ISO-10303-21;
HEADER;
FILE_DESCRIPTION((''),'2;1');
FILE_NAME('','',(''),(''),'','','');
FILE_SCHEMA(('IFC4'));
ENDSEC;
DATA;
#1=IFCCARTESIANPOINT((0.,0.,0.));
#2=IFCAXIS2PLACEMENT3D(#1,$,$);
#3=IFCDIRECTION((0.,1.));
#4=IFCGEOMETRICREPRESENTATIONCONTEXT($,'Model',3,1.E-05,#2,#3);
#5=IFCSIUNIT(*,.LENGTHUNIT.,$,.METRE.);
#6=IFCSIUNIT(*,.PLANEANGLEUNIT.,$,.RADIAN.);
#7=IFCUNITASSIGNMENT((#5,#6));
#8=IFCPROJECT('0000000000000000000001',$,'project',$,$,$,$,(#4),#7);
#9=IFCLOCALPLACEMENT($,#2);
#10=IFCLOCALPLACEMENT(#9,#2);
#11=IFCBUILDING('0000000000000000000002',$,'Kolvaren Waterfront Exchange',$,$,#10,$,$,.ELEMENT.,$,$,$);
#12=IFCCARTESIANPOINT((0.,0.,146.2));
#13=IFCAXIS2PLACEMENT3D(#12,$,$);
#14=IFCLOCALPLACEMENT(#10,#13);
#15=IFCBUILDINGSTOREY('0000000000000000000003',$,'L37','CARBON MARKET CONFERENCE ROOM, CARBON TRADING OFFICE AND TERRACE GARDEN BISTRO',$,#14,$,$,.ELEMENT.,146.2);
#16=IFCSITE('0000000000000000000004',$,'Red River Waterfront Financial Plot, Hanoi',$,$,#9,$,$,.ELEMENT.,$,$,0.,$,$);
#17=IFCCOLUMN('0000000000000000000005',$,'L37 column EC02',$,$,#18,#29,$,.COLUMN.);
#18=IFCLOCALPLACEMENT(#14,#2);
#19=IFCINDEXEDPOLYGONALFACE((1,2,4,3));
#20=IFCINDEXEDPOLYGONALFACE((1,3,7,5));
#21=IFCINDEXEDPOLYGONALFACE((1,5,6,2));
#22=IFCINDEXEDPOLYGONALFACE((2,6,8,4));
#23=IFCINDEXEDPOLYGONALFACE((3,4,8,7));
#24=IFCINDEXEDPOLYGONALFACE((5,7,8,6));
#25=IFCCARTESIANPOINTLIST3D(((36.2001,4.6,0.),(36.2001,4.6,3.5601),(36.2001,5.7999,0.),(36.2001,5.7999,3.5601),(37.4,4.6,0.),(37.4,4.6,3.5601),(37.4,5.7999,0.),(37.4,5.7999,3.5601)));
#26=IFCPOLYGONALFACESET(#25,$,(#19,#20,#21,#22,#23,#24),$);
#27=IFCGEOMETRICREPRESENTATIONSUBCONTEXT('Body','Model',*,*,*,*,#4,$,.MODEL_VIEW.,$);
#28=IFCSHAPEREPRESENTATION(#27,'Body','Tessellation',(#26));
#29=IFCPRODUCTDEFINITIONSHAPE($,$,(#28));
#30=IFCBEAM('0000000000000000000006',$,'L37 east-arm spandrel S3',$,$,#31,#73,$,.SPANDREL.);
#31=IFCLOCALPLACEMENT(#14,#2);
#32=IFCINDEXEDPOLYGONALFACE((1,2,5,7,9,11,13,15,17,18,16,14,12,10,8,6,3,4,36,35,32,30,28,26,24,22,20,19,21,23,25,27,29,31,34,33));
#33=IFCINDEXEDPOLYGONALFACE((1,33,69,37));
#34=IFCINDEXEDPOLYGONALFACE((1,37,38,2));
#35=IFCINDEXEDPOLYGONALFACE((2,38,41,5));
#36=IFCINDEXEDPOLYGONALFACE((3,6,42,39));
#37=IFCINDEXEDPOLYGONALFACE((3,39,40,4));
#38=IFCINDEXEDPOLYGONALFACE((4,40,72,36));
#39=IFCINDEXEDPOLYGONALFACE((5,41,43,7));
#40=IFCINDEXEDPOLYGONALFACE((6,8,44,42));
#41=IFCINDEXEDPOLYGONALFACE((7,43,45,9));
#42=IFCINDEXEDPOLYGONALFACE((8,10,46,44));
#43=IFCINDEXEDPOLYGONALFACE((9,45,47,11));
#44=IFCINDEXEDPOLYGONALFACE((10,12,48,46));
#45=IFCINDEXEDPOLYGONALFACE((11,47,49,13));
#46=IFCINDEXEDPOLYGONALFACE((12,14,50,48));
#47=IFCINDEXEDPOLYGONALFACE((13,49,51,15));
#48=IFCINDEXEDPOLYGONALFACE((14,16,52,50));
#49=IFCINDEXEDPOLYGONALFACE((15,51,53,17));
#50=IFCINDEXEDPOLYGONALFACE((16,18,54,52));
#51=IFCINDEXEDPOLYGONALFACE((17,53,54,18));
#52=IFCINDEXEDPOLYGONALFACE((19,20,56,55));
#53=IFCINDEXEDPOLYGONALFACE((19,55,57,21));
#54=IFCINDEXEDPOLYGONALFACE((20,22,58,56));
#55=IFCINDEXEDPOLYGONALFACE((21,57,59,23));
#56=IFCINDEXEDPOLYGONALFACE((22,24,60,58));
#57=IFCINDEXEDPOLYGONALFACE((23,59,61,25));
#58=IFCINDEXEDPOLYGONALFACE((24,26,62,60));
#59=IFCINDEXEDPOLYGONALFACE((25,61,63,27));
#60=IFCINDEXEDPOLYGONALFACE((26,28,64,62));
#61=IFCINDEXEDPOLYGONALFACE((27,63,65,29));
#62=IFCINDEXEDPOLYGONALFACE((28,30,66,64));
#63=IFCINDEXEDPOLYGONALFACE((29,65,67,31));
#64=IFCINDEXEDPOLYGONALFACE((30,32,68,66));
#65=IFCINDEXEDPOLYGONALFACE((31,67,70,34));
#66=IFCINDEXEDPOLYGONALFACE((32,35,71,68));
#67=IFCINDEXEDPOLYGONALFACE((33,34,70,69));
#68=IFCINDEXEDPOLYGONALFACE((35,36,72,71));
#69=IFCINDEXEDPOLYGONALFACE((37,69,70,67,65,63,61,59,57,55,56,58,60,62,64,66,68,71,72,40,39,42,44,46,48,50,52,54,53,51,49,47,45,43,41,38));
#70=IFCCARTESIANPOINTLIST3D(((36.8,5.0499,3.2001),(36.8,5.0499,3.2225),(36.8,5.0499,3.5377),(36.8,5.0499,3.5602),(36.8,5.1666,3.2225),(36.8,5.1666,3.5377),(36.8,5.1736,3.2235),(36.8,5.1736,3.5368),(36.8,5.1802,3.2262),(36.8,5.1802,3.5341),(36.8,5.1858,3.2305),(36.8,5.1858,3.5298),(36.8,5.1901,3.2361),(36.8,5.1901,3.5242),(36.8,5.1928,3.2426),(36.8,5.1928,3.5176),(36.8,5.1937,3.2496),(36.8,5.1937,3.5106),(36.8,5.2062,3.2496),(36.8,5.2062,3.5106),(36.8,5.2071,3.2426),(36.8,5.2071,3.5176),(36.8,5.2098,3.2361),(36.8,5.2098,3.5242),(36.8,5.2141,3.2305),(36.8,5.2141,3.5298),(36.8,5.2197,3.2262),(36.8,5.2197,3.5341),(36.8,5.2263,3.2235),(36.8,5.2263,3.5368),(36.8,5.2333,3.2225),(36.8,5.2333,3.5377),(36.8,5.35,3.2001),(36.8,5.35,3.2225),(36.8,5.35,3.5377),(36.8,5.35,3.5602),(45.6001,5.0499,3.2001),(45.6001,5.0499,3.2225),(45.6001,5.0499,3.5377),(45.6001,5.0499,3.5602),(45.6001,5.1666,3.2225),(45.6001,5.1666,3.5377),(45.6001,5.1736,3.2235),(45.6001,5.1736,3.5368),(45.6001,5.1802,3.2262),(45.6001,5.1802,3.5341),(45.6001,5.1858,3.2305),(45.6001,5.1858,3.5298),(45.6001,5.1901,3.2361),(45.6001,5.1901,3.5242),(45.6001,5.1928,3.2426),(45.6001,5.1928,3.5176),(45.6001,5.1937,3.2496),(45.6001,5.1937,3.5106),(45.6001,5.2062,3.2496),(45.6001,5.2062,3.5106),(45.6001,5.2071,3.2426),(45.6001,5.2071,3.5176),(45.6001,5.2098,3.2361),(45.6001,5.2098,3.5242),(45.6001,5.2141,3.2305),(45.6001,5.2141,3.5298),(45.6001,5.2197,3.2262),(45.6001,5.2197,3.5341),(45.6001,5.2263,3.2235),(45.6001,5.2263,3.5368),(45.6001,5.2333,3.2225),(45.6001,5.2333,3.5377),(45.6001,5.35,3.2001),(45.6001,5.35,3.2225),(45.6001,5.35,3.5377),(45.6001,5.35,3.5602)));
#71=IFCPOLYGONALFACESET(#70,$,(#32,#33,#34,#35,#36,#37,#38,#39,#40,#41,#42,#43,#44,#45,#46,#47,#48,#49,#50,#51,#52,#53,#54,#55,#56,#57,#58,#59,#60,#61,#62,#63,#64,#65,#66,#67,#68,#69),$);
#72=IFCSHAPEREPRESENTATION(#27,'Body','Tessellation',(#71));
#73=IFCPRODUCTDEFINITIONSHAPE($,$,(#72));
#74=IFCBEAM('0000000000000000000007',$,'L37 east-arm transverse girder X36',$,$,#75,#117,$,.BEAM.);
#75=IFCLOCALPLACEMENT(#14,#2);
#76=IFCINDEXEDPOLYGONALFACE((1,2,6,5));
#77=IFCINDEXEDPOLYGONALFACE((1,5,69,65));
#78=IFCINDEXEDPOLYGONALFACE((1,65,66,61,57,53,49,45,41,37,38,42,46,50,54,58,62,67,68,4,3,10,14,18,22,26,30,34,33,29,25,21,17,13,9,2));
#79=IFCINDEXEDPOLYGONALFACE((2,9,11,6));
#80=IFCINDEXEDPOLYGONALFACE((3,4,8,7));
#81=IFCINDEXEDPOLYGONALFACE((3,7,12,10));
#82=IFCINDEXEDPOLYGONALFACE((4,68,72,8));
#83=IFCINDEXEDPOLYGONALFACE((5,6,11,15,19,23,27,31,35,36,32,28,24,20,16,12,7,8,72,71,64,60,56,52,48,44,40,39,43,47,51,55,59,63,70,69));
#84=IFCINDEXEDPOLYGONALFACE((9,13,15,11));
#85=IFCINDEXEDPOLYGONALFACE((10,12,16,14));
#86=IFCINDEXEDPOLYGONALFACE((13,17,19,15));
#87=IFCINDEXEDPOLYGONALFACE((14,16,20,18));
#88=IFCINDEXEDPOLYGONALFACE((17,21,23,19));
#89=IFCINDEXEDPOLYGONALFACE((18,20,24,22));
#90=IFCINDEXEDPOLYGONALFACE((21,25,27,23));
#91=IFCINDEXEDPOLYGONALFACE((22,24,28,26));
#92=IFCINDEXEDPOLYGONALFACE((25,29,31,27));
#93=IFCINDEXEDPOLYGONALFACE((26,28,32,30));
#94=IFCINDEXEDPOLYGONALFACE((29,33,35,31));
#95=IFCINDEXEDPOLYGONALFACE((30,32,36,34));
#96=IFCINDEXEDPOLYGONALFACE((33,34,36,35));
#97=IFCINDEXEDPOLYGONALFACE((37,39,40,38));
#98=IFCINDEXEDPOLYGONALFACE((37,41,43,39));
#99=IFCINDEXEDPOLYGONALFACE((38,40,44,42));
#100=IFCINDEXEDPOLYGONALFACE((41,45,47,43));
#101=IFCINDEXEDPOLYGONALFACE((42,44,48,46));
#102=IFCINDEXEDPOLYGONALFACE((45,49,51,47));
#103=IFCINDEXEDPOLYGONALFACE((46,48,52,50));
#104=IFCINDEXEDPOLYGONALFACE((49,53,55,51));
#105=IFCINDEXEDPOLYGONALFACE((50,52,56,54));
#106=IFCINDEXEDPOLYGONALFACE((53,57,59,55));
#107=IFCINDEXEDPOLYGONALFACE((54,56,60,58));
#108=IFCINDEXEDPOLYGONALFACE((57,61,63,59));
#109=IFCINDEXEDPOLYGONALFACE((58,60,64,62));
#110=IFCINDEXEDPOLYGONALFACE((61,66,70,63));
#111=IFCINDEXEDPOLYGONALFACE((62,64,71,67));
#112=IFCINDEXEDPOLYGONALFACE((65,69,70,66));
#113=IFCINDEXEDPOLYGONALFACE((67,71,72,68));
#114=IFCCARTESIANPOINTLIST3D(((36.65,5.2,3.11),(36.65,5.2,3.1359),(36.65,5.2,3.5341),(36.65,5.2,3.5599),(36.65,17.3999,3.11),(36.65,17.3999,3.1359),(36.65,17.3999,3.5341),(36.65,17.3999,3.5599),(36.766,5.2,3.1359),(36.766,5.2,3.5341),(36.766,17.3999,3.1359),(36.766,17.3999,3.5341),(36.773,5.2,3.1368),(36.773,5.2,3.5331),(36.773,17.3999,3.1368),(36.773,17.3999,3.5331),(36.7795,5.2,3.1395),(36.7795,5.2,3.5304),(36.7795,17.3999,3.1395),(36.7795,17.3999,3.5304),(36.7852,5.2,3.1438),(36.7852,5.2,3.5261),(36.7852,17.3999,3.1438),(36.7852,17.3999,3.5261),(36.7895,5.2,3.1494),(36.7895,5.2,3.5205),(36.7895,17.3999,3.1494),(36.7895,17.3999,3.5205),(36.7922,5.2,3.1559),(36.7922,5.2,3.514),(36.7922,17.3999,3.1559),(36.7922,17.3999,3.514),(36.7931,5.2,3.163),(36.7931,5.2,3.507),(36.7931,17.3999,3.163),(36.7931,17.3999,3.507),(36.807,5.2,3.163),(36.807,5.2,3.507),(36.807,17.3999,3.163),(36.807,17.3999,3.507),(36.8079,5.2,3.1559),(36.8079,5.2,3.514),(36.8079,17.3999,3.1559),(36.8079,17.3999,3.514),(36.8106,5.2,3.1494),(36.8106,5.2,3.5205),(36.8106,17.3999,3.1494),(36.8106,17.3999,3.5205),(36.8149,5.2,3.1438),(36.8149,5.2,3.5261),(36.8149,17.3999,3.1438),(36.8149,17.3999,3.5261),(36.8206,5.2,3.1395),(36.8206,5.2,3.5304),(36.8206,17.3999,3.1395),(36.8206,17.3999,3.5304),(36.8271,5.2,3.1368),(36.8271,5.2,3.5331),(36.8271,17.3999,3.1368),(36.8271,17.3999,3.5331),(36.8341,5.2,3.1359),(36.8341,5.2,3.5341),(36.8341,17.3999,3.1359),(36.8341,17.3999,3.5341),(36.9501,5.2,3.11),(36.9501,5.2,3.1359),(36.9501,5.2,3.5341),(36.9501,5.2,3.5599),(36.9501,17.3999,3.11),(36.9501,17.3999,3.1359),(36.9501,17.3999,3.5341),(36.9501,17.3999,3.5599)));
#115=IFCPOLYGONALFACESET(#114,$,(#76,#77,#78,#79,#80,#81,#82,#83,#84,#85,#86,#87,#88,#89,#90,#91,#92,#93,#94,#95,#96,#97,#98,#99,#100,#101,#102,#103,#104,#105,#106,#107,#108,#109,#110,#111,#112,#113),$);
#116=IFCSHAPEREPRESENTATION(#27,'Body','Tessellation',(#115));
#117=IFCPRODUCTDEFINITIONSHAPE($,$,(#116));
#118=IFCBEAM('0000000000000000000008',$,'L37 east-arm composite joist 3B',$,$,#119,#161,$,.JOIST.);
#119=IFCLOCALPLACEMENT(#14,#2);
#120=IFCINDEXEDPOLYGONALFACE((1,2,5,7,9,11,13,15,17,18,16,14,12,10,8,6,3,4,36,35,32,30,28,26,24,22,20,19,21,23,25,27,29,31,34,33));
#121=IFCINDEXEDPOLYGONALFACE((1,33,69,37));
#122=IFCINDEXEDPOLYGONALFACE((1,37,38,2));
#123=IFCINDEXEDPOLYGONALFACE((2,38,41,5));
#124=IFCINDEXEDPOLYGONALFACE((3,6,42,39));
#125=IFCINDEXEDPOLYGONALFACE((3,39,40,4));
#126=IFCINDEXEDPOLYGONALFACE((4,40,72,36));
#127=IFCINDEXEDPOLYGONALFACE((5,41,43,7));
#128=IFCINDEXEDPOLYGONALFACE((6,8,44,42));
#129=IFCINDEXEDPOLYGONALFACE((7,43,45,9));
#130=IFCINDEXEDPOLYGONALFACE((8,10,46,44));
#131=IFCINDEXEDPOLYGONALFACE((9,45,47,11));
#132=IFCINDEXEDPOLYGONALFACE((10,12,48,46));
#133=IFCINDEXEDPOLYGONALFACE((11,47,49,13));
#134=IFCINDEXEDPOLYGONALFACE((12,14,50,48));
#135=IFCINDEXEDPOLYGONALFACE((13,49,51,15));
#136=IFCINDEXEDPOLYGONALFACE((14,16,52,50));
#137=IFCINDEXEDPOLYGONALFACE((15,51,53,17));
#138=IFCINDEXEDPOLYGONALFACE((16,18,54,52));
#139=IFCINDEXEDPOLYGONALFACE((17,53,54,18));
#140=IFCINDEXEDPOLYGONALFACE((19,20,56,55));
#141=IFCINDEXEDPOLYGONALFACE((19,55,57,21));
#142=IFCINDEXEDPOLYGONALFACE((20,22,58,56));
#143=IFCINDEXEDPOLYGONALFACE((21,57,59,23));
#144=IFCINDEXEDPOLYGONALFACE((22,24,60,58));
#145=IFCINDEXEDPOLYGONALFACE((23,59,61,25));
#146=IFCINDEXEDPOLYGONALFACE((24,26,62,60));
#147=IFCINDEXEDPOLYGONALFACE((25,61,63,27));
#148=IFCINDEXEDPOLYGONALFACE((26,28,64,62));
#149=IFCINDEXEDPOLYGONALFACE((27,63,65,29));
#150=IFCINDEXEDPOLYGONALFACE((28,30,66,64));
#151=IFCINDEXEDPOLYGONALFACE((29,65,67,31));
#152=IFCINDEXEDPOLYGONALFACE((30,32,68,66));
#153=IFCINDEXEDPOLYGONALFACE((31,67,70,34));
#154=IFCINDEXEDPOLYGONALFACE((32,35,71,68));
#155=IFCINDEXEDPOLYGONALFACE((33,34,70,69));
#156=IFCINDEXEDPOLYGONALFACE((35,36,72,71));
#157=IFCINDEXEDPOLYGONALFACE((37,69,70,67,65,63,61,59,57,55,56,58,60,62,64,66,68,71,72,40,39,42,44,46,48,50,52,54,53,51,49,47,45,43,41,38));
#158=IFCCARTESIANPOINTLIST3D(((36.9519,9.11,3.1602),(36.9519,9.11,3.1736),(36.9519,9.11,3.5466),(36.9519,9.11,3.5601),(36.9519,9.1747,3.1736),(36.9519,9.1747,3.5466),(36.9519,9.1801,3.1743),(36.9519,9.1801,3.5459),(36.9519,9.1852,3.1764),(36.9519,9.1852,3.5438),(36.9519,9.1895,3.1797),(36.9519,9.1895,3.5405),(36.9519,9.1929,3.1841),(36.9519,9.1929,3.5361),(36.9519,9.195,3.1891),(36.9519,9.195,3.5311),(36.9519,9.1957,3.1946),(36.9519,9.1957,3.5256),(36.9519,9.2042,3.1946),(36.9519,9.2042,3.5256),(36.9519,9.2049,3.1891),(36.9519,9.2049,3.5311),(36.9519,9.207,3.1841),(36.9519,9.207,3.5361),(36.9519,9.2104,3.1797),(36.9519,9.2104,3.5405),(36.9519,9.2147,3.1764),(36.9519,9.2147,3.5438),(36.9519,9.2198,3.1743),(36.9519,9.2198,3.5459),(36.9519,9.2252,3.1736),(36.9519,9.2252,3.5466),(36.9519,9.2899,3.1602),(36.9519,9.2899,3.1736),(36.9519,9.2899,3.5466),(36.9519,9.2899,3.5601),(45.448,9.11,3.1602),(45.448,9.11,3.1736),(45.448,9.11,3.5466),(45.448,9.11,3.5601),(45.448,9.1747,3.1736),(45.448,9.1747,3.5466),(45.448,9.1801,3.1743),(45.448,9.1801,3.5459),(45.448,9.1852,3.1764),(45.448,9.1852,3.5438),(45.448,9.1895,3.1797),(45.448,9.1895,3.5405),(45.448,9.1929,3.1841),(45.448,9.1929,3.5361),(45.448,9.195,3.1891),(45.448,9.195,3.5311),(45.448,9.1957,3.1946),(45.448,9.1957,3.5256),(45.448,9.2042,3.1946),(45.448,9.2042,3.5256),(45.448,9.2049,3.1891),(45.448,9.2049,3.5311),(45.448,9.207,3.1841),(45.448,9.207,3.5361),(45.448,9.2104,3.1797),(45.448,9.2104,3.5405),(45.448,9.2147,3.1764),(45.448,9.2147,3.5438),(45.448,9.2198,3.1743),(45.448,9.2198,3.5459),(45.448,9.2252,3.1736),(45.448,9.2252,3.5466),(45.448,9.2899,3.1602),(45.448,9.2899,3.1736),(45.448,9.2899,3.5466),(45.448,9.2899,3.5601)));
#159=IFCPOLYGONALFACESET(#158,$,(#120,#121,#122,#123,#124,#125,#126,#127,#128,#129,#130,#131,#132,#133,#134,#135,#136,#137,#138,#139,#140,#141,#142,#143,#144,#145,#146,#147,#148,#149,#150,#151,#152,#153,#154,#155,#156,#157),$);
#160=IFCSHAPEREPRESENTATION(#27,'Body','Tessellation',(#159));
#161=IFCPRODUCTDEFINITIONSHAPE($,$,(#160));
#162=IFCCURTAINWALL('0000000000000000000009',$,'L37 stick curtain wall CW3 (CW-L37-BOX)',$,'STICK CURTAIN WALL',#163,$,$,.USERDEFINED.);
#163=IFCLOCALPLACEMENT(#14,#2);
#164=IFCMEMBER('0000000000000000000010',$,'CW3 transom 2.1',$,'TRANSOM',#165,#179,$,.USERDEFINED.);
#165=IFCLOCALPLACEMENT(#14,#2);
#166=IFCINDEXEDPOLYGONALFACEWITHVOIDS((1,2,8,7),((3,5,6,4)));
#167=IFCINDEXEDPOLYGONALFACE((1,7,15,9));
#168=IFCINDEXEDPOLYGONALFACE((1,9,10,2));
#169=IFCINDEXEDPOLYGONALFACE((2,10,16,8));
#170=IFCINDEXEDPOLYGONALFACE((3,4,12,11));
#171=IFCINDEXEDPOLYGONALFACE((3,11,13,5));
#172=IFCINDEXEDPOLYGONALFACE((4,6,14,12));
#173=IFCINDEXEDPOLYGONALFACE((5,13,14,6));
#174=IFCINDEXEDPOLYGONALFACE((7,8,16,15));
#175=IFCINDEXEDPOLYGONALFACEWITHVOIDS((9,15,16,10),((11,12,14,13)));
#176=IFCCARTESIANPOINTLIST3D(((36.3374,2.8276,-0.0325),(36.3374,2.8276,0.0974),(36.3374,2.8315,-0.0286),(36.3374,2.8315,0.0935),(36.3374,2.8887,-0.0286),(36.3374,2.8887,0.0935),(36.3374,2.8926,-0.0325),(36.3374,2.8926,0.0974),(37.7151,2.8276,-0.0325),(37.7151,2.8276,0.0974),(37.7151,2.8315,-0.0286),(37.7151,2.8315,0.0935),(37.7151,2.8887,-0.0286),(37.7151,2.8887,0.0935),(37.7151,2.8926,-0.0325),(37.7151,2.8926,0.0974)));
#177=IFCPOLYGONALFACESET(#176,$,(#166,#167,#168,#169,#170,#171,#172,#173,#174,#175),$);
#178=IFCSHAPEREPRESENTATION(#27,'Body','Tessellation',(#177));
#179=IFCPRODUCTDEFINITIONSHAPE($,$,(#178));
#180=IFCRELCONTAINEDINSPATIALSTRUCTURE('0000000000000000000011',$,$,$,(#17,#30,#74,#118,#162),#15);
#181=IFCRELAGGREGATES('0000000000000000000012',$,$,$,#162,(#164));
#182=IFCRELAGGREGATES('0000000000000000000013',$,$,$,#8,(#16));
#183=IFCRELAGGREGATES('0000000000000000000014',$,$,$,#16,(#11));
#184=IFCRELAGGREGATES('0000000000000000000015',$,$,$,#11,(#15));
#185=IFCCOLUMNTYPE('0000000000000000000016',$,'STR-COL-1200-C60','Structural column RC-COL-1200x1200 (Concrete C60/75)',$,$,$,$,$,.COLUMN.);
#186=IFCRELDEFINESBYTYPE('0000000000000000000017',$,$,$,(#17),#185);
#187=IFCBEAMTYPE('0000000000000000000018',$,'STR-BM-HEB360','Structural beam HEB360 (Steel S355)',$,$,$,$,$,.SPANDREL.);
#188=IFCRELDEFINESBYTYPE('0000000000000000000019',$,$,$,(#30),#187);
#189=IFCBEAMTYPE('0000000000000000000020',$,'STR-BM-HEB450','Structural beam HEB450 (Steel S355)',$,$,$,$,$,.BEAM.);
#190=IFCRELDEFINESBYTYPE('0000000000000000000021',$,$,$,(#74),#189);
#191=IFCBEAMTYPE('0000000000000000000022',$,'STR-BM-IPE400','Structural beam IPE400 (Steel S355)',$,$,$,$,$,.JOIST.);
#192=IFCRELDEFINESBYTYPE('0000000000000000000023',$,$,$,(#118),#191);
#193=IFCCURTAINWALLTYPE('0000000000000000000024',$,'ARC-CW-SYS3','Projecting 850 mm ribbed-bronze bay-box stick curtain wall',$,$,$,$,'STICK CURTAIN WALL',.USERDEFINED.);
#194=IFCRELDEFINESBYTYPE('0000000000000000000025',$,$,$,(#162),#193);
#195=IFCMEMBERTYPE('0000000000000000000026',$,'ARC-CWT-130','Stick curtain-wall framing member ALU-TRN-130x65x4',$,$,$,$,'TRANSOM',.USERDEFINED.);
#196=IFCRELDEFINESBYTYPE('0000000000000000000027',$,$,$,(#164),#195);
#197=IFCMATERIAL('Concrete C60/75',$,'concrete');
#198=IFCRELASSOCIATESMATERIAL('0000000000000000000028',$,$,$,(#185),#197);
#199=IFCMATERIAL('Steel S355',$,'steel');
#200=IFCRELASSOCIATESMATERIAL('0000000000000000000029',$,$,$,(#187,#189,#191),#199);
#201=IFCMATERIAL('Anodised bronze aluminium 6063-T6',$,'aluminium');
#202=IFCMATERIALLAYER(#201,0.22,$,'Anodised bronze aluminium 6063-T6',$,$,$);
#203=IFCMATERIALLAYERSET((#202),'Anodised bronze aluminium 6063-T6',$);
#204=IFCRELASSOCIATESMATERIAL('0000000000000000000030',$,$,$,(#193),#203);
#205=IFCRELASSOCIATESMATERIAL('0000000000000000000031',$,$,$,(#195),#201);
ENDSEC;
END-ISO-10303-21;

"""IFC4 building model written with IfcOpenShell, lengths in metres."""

from ifc_helpers import new_model, si_unit, direction, frame, origin, origin_with_axes, origin_2d, place, context, subcontext, project, spatial, rectangle, hollow_rectangle, i_section, extrude, source, transform, mapped, material, layer, layer_set, material_profile, profile_set, type_object, element, aggregate, save


model = new_model("IFC4")

# Units and contexts
model_context = context("Model", 3, precision=1e-05, world=origin(), true_north=direction((0.0, 1.0)))
body_context = subcontext(model_context, "Body", "Model", "MODEL_VIEW")
ifc_project = project(units=[si_unit("LENGTHUNIT", "METRE"), si_unit("PLANEANGLEUNIT", "RADIAN")], contexts=[model_context])

# Site, building, storey
site_placement = place(None, origin())
site = spatial("IfcSite", under=ifc_project, at=site_placement, Name="Red River Waterfront Financial Plot, Hanoi", CompositionType="ELEMENT", RefElevation=0.0)
building_placement = place(site_placement, origin())
building = spatial("IfcBuilding", under=site, at=building_placement, Name="Kolvaren Waterfront Exchange", CompositionType="ELEMENT")
storey_placement = place(building_placement, frame((0.0, 0.0, 146.2)))
storey = spatial("IfcBuildingStorey", under=building, at=storey_placement, Name="L37", Description="CARBON MARKET CONFERENCE ROOM, CARBON TRADING OFFICE AND TERRACE GARDEN BISTRO", CompositionType="ELEMENT", Elevation=146.2)

# Column
ifc_material_1 = material(Name="Concrete C60/75", Category="concrete")
ifc_material_profile_1 = material_profile(ifc_material_1, rectangle(XDim=1.2, YDim=1.2, at=origin_2d()), Name="RC-COL-1200x1200")
ifc_profile_set_1 = profile_set([ifc_material_profile_1], Name="Concrete C60/75")
column_type = type_object("IfcColumnType", Name="STR-COL-1200-C60", Description="Structural column RC-COL-1200x1200 (Concrete C60/75)", PredefinedType="COLUMN", material=ifc_profile_set_1)
column_placement = place(storey_placement, frame((36.8, 5.2, 0.0), z_axis=(0.0, 0.0, 1.0), x_axis=(1.0, 0.0, 0.0)))
element("IfcColumn", 1, at=column_placement, inside=storey, type_object=column_type, Name="L37 column EC02", PredefinedType="COLUMN", context=body_context, shape_type="SweptSolid", body=[
    extrude(rectangle(XDim=1.2, YDim=1.2, at=origin_2d()), origin(), (0.0, 0.0, 1.0), 3.5601),
])

# Beams
ifc_material_2 = material(Name="Steel S355", Category="steel")
ifc_material_profile_2 = material_profile(ifc_material_2, i_section(OverallWidth=0.3, OverallDepth=0.3601, WebThickness=0.0125, FlangeThickness=0.0225, FilletRadius=0.0271, at=origin_2d()), Name="HEB360")
ifc_profile_set_2 = profile_set([ifc_material_profile_2], Name="Steel S355")
beam_type_1 = type_object("IfcBeamType", Name="STR-BM-HEB360", Description="Structural beam HEB360 (Steel S355)", PredefinedType="SPANDREL", material=ifc_profile_set_2)
beam_1_placement = place(storey_placement, frame((36.8, 5.2, 3.3801), z_axis=(1.0, 0.0, 0.0), x_axis=(0.0, 1.0, 0.0)))
element("IfcBeam", 2, at=beam_1_placement, inside=storey, type_object=beam_type_1, Name="L37 east-arm spandrel S3", PredefinedType="SPANDREL", context=body_context, shape_type="SweptSolid", body=[
    extrude(i_section(OverallWidth=0.3, OverallDepth=0.3601, WebThickness=0.0125, FlangeThickness=0.0225, FilletRadius=0.0271, at=origin_2d()), origin(), (0.0, 0.0, 1.0), 8.8),
])
ifc_material_profile_3 = material_profile(ifc_material_2, i_section(OverallWidth=0.3, OverallDepth=0.45, WebThickness=0.0139, FlangeThickness=0.0259, FilletRadius=0.0271, at=origin_2d()), Name="HEB450")
ifc_profile_set_3 = profile_set([ifc_material_profile_3], Name="Steel S355")
beam_type_2 = type_object("IfcBeamType", Name="STR-BM-HEB450", Description="Structural beam HEB450 (Steel S355)", PredefinedType="BEAM", material=ifc_profile_set_3)
beam_2_placement = place(storey_placement, frame((36.8, 5.2, 3.335), z_axis=(0.0, 1.0, 0.0), x_axis=(-1.0, 0.0, 0.0)))
element("IfcBeam", 3, at=beam_2_placement, inside=storey, type_object=beam_type_2, Name="L37 east-arm transverse girder X36", PredefinedType="BEAM", context=body_context, shape_type="SweptSolid", body=[
    extrude(i_section(OverallWidth=0.3, OverallDepth=0.45, WebThickness=0.0139, FlangeThickness=0.0259, FilletRadius=0.0271, at=origin_2d()), origin(), (0.0, 0.0, 1.0), 12.2),
])
ifc_material_profile_4 = material_profile(ifc_material_2, i_section(OverallWidth=0.1799, OverallDepth=0.3999, WebThickness=0.0085, FlangeThickness=0.0134, FilletRadius=0.021, at=origin_2d()), Name="IPE400")
ifc_profile_set_4 = profile_set([ifc_material_profile_4], Name="Steel S355")
beam_type_3 = type_object("IfcBeamType", Name="STR-BM-IPE400", Description="Structural beam IPE400 (Steel S355)", PredefinedType="JOIST", material=ifc_profile_set_4)
beam_3_placement = place(storey_placement, frame((36.9519, 9.2, 3.3601), z_axis=(1.0, 0.0, 0.0), x_axis=(0.0, 1.0, 0.0)))
element("IfcBeam", 4, at=beam_3_placement, inside=storey, type_object=beam_type_3, Name="L37 east-arm composite joist 3B", PredefinedType="JOIST", context=body_context, shape_type="SweptSolid", body=[
    extrude(i_section(OverallWidth=0.1799, OverallDepth=0.3999, WebThickness=0.0085, FlangeThickness=0.0134, FilletRadius=0.021, at=origin_2d()), origin(), (0.0, 0.0, 1.0), 8.4961),
])

# Curtain wall, member
ifc_material_3 = material(Name="Anodised bronze aluminium 6063-T6", Category="aluminium")
ifc_layer_1 = layer(ifc_material_3, 0.22, Name="Anodised bronze aluminium 6063-T6")
ifc_layer_set_1 = layer_set([ifc_layer_1], Name="Anodised bronze aluminium 6063-T6")
curtain_wall_type_1 = type_object("IfcCurtainWallType", Name="ARC-CW-SYS3", Description="Projecting 850 mm ribbed-bronze bay-box stick curtain wall", ElementType="STICK CURTAIN WALL", PredefinedType="USERDEFINED", material=ifc_layer_set_1)
curtain_wall_1_placement = place(storey_placement, origin())
curtain_wall_1 = element("IfcCurtainWall", 5, at=curtain_wall_1_placement, inside=storey, type_object=curtain_wall_type_1, Name="L37 stick curtain wall CW3 (CW-L37-BOX)", ObjectType="STICK CURTAIN WALL", PredefinedType="USERDEFINED")
ifc_material_profile_5 = material_profile(ifc_material_3, hollow_rectangle(XDim=0.0649, YDim=0.1299, WallThickness=0.0039, at=origin_2d()), Name="ALU-TRN-130x65x4")
ifc_profile_set_5 = profile_set([ifc_material_profile_5], Name="Anodised bronze aluminium 6063-T6")
member_type_1 = type_object("IfcMemberType", Name="ARC-CWT-130", Description="Stick curtain-wall framing member ALU-TRN-130x65x4", ElementType="TRANSOM", PredefinedType="USERDEFINED", material=ifc_profile_set_5)
shared_shape_1 = source(origin_with_axes(), body_context, "Body", "SweptSolid", [
    extrude(hollow_rectangle(XDim=0.0649, YDim=0.1299, WallThickness=0.0039, at=origin_2d()), origin(), (0.0, 0.0, 1.0), 1.3777),
])
member_1_placement = place(storey_placement, frame((36.3374, 2.8601, 0.0325), z_axis=(1.0, 0.0, 0.0), x_axis=(0.0, 1.0, 0.0)))
member_1 = element("IfcMember", 6, at=member_1_placement, type_object=member_type_1, Name="CW3 transom 2.1", ObjectType="TRANSOM", PredefinedType="USERDEFINED", context=body_context, shape_type="MappedRepresentation", body=[
    mapped(shared_shape_1, transform((0.0, 0.0, 0.0), x_axis=(1.0, 0.0, 0.0), y_axis=(0.0, 1.0, 0.0), z_axis=(0.0, 0.0, 1.0), scale=1.0)),
])

aggregate(curtain_wall_1, [member_1])

save(model, "model.ifc")
